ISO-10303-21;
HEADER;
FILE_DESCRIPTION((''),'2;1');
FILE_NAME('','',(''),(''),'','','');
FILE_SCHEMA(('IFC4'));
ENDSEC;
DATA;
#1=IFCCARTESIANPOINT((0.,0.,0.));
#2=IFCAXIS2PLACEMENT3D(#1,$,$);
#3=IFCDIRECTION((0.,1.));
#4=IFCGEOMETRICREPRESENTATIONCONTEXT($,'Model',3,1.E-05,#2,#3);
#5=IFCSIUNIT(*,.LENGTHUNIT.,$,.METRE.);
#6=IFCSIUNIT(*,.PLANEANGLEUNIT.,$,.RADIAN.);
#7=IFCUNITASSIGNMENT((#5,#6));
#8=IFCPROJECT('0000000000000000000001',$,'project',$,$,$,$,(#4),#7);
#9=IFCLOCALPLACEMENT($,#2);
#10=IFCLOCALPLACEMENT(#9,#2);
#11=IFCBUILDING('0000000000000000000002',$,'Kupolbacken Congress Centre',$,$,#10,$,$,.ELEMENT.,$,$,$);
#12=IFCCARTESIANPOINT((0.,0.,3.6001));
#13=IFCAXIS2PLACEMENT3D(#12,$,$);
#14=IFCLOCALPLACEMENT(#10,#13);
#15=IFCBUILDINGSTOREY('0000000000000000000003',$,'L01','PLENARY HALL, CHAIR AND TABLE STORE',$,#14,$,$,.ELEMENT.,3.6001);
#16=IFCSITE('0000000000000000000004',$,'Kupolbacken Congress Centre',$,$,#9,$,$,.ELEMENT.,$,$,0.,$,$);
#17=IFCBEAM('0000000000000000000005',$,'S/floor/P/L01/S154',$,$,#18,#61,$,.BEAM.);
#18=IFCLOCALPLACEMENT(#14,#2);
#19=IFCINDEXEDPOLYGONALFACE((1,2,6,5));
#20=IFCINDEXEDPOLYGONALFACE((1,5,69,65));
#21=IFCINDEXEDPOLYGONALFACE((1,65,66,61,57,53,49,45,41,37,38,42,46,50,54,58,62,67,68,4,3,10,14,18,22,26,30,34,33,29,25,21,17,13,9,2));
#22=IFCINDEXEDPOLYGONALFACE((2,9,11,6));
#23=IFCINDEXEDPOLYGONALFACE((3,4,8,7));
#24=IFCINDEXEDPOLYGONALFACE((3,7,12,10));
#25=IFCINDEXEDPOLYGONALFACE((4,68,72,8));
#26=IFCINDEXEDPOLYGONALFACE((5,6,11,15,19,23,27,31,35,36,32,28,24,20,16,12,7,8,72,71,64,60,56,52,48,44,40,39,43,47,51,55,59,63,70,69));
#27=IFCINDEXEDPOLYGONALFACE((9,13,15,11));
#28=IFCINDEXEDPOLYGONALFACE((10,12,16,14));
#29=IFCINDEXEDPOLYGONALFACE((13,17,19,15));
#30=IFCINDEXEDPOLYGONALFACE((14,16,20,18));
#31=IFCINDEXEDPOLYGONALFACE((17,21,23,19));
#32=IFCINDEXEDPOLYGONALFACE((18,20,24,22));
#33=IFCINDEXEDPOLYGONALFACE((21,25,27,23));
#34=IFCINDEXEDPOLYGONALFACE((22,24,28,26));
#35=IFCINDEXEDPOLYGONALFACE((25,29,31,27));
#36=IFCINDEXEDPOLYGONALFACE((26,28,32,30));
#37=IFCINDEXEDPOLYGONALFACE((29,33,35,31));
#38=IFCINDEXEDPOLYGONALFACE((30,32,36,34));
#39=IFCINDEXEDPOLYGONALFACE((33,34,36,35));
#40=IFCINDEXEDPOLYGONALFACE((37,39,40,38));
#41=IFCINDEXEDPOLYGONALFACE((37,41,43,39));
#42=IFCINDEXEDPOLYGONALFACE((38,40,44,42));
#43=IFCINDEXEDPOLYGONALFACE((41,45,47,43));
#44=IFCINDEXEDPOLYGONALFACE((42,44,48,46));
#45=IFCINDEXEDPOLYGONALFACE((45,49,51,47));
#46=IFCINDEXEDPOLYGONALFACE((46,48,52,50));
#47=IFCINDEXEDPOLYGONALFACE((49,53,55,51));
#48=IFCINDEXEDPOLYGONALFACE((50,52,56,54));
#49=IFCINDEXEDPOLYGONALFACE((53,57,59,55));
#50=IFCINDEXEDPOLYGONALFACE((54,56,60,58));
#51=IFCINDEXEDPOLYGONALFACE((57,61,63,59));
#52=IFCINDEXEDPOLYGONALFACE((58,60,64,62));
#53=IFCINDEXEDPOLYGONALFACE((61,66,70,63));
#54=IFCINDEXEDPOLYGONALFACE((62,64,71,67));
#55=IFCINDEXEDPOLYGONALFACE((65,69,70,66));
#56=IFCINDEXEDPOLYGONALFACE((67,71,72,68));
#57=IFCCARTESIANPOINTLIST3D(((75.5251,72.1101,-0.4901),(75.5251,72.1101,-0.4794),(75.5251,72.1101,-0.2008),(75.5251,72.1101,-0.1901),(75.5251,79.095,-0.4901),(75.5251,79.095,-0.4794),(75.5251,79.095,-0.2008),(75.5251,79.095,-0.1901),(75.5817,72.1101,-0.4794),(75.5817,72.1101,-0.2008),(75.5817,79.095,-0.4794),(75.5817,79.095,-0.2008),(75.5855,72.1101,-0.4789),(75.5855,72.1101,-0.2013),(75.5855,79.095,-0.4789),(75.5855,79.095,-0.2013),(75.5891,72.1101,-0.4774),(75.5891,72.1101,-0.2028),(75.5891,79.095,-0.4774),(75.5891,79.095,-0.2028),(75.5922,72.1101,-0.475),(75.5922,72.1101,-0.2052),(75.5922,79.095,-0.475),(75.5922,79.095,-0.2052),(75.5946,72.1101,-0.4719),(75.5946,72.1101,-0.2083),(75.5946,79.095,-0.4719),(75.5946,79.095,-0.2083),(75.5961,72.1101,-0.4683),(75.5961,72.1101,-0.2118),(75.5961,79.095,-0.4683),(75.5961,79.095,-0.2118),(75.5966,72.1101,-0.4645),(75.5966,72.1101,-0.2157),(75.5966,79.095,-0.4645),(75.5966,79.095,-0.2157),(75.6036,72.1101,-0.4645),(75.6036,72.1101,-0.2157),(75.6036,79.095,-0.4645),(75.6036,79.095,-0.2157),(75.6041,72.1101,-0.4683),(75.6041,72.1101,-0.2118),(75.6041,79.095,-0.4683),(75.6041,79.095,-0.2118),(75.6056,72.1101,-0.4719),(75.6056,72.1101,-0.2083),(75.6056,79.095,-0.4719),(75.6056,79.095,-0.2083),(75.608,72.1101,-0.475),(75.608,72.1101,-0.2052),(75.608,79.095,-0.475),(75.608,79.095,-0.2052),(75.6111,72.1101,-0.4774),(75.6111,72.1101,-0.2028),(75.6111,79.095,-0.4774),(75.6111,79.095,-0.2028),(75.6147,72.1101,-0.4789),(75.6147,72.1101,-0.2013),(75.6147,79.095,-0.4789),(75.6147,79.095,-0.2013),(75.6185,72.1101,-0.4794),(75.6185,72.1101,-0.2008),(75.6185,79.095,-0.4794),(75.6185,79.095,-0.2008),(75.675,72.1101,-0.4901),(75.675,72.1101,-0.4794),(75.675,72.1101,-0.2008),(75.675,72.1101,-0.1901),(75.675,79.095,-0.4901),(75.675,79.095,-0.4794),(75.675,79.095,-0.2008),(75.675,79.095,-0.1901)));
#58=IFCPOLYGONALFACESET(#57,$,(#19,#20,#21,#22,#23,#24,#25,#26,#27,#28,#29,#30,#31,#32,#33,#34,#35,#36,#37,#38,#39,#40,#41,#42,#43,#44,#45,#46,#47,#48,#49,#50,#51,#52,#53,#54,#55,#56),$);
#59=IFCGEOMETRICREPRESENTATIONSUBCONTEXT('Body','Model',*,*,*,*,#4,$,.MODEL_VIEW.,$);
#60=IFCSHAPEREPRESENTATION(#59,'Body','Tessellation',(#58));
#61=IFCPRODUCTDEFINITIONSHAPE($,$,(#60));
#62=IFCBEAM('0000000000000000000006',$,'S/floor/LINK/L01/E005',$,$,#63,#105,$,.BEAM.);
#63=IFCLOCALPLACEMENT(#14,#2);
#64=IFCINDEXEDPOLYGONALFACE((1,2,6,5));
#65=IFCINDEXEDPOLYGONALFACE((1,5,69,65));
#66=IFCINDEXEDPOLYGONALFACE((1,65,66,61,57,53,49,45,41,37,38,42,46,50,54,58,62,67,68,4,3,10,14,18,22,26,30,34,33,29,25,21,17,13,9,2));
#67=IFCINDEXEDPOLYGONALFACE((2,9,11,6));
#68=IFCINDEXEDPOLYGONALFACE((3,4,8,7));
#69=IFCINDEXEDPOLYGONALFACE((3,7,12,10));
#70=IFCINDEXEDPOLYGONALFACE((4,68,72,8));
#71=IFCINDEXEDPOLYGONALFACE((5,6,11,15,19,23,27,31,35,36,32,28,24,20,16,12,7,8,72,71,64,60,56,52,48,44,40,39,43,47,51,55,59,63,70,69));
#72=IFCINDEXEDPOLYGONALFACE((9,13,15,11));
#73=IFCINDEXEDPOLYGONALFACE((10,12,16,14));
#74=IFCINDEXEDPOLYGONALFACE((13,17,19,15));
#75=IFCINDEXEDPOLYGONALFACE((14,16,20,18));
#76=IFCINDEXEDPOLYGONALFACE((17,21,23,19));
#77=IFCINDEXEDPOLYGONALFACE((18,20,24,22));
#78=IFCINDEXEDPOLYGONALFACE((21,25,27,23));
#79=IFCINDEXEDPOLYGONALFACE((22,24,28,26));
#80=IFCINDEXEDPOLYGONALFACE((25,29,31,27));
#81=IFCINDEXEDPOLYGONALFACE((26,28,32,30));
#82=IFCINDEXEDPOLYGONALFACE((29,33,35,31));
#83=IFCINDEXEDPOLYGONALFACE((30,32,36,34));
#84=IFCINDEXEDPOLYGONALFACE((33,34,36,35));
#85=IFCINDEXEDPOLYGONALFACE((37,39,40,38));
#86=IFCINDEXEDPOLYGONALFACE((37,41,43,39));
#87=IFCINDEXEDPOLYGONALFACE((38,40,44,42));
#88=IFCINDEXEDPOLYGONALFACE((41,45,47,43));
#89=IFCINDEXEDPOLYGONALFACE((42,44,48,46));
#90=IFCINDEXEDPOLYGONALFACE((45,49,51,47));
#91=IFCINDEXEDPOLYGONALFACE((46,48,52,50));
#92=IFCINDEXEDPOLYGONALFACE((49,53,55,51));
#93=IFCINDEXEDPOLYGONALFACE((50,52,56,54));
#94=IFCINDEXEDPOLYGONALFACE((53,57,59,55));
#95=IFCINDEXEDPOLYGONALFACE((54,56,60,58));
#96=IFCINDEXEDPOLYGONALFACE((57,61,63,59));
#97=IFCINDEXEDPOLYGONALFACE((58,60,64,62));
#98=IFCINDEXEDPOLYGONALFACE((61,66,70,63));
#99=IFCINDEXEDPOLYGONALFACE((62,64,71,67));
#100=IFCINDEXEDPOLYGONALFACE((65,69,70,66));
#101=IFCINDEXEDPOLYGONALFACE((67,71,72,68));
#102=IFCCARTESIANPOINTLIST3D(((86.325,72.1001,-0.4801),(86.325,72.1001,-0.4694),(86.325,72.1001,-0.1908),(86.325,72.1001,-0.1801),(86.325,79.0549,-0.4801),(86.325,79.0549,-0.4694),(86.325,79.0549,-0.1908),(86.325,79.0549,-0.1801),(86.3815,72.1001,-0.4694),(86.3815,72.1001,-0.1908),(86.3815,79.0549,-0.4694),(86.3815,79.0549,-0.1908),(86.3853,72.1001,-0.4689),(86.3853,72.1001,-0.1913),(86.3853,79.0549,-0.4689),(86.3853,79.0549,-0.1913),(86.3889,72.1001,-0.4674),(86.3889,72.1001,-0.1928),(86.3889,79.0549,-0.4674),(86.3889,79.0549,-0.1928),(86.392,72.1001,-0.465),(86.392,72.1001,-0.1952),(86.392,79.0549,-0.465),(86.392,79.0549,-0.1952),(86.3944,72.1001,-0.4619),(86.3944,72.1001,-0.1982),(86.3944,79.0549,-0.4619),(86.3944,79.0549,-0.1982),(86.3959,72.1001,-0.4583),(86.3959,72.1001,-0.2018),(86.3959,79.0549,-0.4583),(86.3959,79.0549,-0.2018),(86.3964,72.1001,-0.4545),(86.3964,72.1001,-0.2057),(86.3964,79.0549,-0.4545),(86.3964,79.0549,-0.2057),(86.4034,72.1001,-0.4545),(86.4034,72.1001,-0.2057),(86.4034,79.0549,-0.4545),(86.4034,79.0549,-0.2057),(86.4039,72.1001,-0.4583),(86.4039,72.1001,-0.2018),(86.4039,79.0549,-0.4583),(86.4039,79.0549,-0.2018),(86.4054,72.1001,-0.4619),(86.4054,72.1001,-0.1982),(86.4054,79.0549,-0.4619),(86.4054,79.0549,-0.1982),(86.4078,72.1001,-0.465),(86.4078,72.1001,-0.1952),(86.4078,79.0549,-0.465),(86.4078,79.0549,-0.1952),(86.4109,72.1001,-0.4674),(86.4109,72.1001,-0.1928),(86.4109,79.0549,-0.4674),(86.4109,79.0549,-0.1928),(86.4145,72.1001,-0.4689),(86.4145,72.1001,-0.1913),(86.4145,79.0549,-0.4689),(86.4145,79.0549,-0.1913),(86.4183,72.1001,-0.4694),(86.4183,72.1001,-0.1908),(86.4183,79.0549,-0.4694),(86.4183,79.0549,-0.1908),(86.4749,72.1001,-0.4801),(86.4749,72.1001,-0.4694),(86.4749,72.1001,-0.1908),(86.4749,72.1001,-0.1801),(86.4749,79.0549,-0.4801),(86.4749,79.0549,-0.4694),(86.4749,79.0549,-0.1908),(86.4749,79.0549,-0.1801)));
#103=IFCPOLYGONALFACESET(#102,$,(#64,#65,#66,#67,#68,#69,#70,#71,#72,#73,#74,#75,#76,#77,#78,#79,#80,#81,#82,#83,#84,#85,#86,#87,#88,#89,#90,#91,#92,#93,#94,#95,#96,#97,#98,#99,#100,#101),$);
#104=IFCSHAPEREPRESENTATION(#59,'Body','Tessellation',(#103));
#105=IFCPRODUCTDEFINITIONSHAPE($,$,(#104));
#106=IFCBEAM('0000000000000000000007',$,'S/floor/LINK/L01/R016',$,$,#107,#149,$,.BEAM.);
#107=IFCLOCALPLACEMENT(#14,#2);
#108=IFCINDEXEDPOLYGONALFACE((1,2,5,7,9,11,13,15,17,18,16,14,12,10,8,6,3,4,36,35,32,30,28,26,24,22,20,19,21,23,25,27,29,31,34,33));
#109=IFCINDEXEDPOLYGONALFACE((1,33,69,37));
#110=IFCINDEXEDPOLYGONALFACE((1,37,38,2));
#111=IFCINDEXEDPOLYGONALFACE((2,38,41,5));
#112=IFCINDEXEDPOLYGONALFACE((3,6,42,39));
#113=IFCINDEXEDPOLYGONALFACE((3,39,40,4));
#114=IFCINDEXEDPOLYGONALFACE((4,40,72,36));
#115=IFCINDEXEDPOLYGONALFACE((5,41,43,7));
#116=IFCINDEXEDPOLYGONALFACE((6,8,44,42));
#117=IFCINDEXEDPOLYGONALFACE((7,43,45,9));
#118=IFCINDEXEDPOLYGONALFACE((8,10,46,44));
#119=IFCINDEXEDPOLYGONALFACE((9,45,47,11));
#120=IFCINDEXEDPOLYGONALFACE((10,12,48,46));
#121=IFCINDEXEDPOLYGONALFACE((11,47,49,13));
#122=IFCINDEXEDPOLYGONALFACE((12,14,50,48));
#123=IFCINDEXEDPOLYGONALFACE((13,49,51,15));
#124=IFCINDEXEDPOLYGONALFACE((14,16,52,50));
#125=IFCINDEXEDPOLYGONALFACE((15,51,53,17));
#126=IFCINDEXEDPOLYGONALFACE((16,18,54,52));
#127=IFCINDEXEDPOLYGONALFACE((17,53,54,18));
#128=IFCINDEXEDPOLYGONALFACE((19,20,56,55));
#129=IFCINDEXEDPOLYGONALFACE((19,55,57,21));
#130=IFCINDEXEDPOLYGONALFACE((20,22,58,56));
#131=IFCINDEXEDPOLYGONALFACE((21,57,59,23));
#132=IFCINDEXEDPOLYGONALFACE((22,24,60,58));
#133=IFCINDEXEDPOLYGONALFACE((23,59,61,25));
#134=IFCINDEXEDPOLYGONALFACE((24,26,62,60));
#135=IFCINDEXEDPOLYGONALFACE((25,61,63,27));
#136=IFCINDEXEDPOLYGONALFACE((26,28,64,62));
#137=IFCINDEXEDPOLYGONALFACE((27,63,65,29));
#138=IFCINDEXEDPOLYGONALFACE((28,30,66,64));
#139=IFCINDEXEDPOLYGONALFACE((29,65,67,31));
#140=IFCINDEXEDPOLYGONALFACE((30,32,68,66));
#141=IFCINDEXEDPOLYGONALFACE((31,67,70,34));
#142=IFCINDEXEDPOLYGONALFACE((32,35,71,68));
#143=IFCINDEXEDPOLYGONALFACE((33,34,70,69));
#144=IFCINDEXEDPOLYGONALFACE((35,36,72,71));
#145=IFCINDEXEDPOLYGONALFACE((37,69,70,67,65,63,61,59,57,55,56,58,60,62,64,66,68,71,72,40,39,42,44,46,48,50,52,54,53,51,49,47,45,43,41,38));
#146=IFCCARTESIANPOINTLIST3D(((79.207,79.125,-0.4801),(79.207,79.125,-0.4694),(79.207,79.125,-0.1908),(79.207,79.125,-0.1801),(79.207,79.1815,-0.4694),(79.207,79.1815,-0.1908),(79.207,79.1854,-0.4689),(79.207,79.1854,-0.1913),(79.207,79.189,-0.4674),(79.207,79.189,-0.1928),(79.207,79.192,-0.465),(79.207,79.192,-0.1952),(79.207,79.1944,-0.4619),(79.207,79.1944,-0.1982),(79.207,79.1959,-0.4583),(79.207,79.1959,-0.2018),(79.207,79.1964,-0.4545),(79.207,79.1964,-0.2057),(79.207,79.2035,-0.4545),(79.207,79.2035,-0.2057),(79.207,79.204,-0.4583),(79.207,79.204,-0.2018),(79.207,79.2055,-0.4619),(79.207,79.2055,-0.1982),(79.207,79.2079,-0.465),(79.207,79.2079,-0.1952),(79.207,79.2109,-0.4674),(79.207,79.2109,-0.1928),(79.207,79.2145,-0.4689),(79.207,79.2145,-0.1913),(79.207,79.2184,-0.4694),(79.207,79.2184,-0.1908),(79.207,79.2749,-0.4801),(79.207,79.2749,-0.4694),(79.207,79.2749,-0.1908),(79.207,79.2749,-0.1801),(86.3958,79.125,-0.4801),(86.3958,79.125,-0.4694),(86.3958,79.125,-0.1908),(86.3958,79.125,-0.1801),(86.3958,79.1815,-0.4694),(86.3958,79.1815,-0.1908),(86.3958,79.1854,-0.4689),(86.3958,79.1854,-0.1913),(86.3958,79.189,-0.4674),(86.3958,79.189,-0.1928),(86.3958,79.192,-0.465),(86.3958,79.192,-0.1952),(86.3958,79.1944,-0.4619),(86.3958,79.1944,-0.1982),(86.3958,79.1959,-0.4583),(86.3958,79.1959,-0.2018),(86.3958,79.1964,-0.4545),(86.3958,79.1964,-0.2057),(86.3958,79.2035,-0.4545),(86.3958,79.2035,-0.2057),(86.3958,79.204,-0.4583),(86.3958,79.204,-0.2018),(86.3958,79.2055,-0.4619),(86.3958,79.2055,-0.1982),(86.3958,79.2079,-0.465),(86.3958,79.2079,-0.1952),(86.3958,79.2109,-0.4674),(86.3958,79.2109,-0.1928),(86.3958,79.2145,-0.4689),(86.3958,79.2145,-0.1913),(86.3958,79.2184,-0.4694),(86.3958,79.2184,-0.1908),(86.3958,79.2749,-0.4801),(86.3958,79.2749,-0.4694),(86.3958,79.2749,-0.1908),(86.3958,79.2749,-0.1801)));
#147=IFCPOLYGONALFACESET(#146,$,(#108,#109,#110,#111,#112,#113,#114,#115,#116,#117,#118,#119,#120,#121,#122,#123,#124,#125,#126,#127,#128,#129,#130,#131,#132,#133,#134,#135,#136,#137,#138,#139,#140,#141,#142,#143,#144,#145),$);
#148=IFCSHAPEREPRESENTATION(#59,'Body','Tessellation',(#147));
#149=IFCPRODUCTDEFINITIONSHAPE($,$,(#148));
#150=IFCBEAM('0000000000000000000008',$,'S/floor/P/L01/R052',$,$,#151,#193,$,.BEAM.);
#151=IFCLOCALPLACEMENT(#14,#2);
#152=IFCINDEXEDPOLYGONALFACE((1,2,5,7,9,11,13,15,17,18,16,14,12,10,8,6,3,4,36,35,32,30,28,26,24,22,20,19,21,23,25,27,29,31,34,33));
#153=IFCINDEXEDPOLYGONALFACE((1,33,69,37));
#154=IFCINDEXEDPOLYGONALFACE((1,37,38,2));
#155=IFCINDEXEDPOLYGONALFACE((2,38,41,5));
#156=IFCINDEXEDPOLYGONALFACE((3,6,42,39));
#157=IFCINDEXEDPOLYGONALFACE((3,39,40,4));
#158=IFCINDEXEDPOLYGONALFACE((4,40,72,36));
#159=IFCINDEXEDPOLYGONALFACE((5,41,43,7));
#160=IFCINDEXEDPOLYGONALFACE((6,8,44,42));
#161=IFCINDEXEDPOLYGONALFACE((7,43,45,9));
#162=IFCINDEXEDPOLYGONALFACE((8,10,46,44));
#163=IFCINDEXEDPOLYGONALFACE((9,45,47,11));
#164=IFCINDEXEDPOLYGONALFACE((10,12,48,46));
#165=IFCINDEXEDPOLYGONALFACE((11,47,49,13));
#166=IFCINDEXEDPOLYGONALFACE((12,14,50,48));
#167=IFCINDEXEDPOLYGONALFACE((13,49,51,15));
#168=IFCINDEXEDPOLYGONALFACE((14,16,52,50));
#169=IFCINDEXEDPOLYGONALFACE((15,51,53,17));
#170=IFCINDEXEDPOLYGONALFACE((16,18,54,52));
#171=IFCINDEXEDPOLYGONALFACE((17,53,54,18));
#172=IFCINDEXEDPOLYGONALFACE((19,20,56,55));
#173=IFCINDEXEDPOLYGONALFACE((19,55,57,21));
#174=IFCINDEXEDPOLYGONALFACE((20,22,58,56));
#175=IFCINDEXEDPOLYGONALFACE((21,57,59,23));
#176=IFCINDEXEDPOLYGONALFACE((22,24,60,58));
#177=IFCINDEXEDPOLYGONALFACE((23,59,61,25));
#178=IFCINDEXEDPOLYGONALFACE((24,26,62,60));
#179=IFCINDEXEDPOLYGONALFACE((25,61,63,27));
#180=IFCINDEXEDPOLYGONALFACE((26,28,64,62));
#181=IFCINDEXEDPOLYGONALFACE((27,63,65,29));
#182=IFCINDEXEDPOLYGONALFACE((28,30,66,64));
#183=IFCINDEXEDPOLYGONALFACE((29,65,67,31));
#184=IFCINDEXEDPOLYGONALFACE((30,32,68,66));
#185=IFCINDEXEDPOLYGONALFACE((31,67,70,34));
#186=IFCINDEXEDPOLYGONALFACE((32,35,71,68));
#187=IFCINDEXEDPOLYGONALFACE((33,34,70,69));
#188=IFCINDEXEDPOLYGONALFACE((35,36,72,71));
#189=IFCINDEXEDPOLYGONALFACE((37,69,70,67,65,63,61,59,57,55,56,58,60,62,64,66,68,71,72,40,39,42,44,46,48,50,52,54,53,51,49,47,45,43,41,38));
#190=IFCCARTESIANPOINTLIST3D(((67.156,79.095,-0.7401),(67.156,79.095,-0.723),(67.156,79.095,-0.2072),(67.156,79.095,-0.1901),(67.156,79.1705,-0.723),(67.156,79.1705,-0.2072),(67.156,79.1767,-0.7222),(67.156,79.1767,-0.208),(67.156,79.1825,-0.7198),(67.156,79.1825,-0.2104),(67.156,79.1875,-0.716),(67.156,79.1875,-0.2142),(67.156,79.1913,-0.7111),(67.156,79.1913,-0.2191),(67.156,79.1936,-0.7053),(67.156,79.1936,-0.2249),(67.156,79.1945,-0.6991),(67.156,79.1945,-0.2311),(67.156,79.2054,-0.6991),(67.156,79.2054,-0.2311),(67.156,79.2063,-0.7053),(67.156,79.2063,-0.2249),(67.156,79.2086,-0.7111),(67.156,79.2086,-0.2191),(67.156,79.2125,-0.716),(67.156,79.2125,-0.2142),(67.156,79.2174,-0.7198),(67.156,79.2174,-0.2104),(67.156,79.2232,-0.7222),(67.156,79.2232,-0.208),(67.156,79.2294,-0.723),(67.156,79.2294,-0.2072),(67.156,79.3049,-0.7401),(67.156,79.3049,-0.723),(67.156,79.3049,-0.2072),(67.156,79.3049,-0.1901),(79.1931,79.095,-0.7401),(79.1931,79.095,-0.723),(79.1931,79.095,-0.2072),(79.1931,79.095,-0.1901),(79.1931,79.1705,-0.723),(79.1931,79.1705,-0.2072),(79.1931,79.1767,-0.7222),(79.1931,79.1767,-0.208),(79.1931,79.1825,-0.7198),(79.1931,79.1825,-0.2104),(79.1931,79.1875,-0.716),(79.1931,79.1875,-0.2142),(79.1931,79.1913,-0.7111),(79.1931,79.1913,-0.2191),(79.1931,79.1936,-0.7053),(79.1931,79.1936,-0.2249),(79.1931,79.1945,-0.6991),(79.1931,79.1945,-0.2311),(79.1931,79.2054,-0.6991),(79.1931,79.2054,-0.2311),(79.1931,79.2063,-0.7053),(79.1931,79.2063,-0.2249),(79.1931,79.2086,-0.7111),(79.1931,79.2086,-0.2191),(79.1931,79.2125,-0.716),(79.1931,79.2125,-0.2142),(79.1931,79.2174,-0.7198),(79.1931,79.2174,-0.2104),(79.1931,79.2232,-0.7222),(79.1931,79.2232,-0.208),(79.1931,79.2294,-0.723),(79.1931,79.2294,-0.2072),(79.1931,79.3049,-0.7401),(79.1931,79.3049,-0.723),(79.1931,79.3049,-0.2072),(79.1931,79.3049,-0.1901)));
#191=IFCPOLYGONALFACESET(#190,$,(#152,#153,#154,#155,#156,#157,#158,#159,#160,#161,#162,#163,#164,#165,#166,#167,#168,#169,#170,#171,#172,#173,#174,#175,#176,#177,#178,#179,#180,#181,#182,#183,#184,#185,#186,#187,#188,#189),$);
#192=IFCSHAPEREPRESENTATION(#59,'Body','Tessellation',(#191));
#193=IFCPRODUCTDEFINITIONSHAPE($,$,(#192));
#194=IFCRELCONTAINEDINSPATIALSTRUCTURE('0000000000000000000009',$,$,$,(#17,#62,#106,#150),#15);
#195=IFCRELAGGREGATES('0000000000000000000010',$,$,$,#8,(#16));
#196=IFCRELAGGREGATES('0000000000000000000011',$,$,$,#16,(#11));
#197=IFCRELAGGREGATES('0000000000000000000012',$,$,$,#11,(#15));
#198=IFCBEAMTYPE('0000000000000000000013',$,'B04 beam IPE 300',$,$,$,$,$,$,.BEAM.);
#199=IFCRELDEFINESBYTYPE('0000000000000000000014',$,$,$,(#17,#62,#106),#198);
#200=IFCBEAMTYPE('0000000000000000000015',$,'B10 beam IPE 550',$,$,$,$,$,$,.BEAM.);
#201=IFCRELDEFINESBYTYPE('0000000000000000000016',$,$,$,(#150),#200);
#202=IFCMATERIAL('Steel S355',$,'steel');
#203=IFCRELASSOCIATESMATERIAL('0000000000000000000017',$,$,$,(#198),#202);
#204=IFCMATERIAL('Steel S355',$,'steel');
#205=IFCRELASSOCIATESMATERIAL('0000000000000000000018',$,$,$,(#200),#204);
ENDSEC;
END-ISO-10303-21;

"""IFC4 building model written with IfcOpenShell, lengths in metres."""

from ifc_helpers import new_model, si_unit, direction, frame, origin, origin_2d, place, context, subcontext, project, spatial, i_section, extrude, material, material_profile, profile_set, type_object, element, save


model = new_model("IFC4")

# Units and contexts
model_context = context("Model", 3, precision=1e-05, world=origin(), true_north=direction((0.0, 1.0)))
body_context = subcontext(model_context, "Body", "Model", "MODEL_VIEW")
ifc_project = project(units=[si_unit("LENGTHUNIT", "METRE"), si_unit("PLANEANGLEUNIT", "RADIAN")], contexts=[model_context])

# Site, building, storey
site_placement = place(None, origin())
site = spatial("IfcSite", under=ifc_project, at=site_placement, Name="Kupolbacken Congress Centre", CompositionType="ELEMENT", RefElevation=0.0)
building_placement = place(site_placement, origin())
building = spatial("IfcBuilding", under=site, at=building_placement, Name="Kupolbacken Congress Centre", CompositionType="ELEMENT")
storey_placement = place(building_placement, frame((0.0, 0.0, 3.6001)))
storey = spatial("IfcBuildingStorey", under=building, at=storey_placement, Name="L01", Description="PLENARY HALL, CHAIR AND TABLE STORE", CompositionType="ELEMENT", Elevation=3.6001)

# Beams
ifc_material_1 = material(Name="Steel S355", Category="steel")
ifc_material_profile_1 = material_profile(ifc_material_1, i_section(OverallWidth=0.1499, OverallDepth=0.3, WebThickness=0.0071, FlangeThickness=0.0107, FilletRadius=0.0149, at=origin_2d()), Name="IPE 300")
ifc_profile_set_1 = profile_set([ifc_material_profile_1], Name="Steel S355")
beam_type_1 = type_object("IfcBeamType", Name="B04 beam IPE 300", PredefinedType="BEAM", material=ifc_profile_set_1)
for number, where, z_axis, x_axis, name in (
    (1, (75.6001, 72.1101, -0.3401), (0.0, 1.0, 0.0), (-1.0, 0.0, 0.0), "S/floor/P/L01/S154"),
):
    element("IfcBeam", number, at=place(storey_placement, frame(where, z_axis=z_axis, x_axis=x_axis)), inside=storey, type_object=beam_type_1, Name=name, PredefinedType="BEAM", context=body_context, shape_type="SweptSolid", body=[
        extrude(i_section(OverallWidth=0.1499, OverallDepth=0.3, WebThickness=0.0071, FlangeThickness=0.0107, FilletRadius=0.0149, at=origin_2d()), origin(), (0.0, 0.0, 1.0), 6.9849),
    ])
beam_1_placement = place(storey_placement, frame((86.3999, 72.1001, -0.3301), z_axis=(0.0, 1.0, 0.0), x_axis=(-1.0, 0.0, 0.0)))
element("IfcBeam", 2, at=beam_1_placement, inside=storey, type_object=beam_type_1, Name="S/floor/LINK/L01/E005", PredefinedType="BEAM", context=body_context, shape_type="SweptSolid", body=[
    extrude(i_section(OverallWidth=0.1499, OverallDepth=0.3, WebThickness=0.0071, FlangeThickness=0.0107, FilletRadius=0.0149, at=origin_2d()), origin(), (0.0, 0.0, 1.0), 6.9548),
])
beam_2_placement = place(storey_placement, frame((79.207, 79.2, -0.3301), z_axis=(1.0, 0.0, 0.0), x_axis=(0.0, 1.0, 0.0)))
element("IfcBeam", 3, at=beam_2_placement, inside=storey, type_object=beam_type_1, Name="S/floor/LINK/L01/R016", PredefinedType="BEAM", context=body_context, shape_type="SweptSolid", body=[
    extrude(i_section(OverallWidth=0.1499, OverallDepth=0.3, WebThickness=0.0071, FlangeThickness=0.0107, FilletRadius=0.0149, at=origin_2d()), origin(), (0.0, 0.0, 1.0), 7.1887),
])
ifc_material_2 = material(Name="Steel S355", Category="steel")
ifc_material_profile_2 = material_profile(ifc_material_2, i_section(OverallWidth=0.21, OverallDepth=0.55, WebThickness=0.011, FlangeThickness=0.0171, FilletRadius=0.0239, at=origin_2d()), Name="IPE 550")
ifc_profile_set_2 = profile_set([ifc_material_profile_2], Name="Steel S355")
beam_type_2 = type_object("IfcBeamType", Name="B10 beam IPE 550", PredefinedType="BEAM", material=ifc_profile_set_2)
beam_3_placement = place(storey_placement, frame((67.156, 79.2, -0.4651), z_axis=(1.0, 0.0, 0.0), x_axis=(0.0, 1.0, 0.0)))
element("IfcBeam", 4, at=beam_3_placement, inside=storey, type_object=beam_type_2, Name="S/floor/P/L01/R052", PredefinedType="BEAM", context=body_context, shape_type="SweptSolid", body=[
    extrude(i_section(OverallWidth=0.21, OverallDepth=0.55, WebThickness=0.011, FlangeThickness=0.0171, FilletRadius=0.0239, at=origin_2d()), origin(), (0.0, 0.0, 1.0), 12.0371),
])

save(model, "model.ifc")
